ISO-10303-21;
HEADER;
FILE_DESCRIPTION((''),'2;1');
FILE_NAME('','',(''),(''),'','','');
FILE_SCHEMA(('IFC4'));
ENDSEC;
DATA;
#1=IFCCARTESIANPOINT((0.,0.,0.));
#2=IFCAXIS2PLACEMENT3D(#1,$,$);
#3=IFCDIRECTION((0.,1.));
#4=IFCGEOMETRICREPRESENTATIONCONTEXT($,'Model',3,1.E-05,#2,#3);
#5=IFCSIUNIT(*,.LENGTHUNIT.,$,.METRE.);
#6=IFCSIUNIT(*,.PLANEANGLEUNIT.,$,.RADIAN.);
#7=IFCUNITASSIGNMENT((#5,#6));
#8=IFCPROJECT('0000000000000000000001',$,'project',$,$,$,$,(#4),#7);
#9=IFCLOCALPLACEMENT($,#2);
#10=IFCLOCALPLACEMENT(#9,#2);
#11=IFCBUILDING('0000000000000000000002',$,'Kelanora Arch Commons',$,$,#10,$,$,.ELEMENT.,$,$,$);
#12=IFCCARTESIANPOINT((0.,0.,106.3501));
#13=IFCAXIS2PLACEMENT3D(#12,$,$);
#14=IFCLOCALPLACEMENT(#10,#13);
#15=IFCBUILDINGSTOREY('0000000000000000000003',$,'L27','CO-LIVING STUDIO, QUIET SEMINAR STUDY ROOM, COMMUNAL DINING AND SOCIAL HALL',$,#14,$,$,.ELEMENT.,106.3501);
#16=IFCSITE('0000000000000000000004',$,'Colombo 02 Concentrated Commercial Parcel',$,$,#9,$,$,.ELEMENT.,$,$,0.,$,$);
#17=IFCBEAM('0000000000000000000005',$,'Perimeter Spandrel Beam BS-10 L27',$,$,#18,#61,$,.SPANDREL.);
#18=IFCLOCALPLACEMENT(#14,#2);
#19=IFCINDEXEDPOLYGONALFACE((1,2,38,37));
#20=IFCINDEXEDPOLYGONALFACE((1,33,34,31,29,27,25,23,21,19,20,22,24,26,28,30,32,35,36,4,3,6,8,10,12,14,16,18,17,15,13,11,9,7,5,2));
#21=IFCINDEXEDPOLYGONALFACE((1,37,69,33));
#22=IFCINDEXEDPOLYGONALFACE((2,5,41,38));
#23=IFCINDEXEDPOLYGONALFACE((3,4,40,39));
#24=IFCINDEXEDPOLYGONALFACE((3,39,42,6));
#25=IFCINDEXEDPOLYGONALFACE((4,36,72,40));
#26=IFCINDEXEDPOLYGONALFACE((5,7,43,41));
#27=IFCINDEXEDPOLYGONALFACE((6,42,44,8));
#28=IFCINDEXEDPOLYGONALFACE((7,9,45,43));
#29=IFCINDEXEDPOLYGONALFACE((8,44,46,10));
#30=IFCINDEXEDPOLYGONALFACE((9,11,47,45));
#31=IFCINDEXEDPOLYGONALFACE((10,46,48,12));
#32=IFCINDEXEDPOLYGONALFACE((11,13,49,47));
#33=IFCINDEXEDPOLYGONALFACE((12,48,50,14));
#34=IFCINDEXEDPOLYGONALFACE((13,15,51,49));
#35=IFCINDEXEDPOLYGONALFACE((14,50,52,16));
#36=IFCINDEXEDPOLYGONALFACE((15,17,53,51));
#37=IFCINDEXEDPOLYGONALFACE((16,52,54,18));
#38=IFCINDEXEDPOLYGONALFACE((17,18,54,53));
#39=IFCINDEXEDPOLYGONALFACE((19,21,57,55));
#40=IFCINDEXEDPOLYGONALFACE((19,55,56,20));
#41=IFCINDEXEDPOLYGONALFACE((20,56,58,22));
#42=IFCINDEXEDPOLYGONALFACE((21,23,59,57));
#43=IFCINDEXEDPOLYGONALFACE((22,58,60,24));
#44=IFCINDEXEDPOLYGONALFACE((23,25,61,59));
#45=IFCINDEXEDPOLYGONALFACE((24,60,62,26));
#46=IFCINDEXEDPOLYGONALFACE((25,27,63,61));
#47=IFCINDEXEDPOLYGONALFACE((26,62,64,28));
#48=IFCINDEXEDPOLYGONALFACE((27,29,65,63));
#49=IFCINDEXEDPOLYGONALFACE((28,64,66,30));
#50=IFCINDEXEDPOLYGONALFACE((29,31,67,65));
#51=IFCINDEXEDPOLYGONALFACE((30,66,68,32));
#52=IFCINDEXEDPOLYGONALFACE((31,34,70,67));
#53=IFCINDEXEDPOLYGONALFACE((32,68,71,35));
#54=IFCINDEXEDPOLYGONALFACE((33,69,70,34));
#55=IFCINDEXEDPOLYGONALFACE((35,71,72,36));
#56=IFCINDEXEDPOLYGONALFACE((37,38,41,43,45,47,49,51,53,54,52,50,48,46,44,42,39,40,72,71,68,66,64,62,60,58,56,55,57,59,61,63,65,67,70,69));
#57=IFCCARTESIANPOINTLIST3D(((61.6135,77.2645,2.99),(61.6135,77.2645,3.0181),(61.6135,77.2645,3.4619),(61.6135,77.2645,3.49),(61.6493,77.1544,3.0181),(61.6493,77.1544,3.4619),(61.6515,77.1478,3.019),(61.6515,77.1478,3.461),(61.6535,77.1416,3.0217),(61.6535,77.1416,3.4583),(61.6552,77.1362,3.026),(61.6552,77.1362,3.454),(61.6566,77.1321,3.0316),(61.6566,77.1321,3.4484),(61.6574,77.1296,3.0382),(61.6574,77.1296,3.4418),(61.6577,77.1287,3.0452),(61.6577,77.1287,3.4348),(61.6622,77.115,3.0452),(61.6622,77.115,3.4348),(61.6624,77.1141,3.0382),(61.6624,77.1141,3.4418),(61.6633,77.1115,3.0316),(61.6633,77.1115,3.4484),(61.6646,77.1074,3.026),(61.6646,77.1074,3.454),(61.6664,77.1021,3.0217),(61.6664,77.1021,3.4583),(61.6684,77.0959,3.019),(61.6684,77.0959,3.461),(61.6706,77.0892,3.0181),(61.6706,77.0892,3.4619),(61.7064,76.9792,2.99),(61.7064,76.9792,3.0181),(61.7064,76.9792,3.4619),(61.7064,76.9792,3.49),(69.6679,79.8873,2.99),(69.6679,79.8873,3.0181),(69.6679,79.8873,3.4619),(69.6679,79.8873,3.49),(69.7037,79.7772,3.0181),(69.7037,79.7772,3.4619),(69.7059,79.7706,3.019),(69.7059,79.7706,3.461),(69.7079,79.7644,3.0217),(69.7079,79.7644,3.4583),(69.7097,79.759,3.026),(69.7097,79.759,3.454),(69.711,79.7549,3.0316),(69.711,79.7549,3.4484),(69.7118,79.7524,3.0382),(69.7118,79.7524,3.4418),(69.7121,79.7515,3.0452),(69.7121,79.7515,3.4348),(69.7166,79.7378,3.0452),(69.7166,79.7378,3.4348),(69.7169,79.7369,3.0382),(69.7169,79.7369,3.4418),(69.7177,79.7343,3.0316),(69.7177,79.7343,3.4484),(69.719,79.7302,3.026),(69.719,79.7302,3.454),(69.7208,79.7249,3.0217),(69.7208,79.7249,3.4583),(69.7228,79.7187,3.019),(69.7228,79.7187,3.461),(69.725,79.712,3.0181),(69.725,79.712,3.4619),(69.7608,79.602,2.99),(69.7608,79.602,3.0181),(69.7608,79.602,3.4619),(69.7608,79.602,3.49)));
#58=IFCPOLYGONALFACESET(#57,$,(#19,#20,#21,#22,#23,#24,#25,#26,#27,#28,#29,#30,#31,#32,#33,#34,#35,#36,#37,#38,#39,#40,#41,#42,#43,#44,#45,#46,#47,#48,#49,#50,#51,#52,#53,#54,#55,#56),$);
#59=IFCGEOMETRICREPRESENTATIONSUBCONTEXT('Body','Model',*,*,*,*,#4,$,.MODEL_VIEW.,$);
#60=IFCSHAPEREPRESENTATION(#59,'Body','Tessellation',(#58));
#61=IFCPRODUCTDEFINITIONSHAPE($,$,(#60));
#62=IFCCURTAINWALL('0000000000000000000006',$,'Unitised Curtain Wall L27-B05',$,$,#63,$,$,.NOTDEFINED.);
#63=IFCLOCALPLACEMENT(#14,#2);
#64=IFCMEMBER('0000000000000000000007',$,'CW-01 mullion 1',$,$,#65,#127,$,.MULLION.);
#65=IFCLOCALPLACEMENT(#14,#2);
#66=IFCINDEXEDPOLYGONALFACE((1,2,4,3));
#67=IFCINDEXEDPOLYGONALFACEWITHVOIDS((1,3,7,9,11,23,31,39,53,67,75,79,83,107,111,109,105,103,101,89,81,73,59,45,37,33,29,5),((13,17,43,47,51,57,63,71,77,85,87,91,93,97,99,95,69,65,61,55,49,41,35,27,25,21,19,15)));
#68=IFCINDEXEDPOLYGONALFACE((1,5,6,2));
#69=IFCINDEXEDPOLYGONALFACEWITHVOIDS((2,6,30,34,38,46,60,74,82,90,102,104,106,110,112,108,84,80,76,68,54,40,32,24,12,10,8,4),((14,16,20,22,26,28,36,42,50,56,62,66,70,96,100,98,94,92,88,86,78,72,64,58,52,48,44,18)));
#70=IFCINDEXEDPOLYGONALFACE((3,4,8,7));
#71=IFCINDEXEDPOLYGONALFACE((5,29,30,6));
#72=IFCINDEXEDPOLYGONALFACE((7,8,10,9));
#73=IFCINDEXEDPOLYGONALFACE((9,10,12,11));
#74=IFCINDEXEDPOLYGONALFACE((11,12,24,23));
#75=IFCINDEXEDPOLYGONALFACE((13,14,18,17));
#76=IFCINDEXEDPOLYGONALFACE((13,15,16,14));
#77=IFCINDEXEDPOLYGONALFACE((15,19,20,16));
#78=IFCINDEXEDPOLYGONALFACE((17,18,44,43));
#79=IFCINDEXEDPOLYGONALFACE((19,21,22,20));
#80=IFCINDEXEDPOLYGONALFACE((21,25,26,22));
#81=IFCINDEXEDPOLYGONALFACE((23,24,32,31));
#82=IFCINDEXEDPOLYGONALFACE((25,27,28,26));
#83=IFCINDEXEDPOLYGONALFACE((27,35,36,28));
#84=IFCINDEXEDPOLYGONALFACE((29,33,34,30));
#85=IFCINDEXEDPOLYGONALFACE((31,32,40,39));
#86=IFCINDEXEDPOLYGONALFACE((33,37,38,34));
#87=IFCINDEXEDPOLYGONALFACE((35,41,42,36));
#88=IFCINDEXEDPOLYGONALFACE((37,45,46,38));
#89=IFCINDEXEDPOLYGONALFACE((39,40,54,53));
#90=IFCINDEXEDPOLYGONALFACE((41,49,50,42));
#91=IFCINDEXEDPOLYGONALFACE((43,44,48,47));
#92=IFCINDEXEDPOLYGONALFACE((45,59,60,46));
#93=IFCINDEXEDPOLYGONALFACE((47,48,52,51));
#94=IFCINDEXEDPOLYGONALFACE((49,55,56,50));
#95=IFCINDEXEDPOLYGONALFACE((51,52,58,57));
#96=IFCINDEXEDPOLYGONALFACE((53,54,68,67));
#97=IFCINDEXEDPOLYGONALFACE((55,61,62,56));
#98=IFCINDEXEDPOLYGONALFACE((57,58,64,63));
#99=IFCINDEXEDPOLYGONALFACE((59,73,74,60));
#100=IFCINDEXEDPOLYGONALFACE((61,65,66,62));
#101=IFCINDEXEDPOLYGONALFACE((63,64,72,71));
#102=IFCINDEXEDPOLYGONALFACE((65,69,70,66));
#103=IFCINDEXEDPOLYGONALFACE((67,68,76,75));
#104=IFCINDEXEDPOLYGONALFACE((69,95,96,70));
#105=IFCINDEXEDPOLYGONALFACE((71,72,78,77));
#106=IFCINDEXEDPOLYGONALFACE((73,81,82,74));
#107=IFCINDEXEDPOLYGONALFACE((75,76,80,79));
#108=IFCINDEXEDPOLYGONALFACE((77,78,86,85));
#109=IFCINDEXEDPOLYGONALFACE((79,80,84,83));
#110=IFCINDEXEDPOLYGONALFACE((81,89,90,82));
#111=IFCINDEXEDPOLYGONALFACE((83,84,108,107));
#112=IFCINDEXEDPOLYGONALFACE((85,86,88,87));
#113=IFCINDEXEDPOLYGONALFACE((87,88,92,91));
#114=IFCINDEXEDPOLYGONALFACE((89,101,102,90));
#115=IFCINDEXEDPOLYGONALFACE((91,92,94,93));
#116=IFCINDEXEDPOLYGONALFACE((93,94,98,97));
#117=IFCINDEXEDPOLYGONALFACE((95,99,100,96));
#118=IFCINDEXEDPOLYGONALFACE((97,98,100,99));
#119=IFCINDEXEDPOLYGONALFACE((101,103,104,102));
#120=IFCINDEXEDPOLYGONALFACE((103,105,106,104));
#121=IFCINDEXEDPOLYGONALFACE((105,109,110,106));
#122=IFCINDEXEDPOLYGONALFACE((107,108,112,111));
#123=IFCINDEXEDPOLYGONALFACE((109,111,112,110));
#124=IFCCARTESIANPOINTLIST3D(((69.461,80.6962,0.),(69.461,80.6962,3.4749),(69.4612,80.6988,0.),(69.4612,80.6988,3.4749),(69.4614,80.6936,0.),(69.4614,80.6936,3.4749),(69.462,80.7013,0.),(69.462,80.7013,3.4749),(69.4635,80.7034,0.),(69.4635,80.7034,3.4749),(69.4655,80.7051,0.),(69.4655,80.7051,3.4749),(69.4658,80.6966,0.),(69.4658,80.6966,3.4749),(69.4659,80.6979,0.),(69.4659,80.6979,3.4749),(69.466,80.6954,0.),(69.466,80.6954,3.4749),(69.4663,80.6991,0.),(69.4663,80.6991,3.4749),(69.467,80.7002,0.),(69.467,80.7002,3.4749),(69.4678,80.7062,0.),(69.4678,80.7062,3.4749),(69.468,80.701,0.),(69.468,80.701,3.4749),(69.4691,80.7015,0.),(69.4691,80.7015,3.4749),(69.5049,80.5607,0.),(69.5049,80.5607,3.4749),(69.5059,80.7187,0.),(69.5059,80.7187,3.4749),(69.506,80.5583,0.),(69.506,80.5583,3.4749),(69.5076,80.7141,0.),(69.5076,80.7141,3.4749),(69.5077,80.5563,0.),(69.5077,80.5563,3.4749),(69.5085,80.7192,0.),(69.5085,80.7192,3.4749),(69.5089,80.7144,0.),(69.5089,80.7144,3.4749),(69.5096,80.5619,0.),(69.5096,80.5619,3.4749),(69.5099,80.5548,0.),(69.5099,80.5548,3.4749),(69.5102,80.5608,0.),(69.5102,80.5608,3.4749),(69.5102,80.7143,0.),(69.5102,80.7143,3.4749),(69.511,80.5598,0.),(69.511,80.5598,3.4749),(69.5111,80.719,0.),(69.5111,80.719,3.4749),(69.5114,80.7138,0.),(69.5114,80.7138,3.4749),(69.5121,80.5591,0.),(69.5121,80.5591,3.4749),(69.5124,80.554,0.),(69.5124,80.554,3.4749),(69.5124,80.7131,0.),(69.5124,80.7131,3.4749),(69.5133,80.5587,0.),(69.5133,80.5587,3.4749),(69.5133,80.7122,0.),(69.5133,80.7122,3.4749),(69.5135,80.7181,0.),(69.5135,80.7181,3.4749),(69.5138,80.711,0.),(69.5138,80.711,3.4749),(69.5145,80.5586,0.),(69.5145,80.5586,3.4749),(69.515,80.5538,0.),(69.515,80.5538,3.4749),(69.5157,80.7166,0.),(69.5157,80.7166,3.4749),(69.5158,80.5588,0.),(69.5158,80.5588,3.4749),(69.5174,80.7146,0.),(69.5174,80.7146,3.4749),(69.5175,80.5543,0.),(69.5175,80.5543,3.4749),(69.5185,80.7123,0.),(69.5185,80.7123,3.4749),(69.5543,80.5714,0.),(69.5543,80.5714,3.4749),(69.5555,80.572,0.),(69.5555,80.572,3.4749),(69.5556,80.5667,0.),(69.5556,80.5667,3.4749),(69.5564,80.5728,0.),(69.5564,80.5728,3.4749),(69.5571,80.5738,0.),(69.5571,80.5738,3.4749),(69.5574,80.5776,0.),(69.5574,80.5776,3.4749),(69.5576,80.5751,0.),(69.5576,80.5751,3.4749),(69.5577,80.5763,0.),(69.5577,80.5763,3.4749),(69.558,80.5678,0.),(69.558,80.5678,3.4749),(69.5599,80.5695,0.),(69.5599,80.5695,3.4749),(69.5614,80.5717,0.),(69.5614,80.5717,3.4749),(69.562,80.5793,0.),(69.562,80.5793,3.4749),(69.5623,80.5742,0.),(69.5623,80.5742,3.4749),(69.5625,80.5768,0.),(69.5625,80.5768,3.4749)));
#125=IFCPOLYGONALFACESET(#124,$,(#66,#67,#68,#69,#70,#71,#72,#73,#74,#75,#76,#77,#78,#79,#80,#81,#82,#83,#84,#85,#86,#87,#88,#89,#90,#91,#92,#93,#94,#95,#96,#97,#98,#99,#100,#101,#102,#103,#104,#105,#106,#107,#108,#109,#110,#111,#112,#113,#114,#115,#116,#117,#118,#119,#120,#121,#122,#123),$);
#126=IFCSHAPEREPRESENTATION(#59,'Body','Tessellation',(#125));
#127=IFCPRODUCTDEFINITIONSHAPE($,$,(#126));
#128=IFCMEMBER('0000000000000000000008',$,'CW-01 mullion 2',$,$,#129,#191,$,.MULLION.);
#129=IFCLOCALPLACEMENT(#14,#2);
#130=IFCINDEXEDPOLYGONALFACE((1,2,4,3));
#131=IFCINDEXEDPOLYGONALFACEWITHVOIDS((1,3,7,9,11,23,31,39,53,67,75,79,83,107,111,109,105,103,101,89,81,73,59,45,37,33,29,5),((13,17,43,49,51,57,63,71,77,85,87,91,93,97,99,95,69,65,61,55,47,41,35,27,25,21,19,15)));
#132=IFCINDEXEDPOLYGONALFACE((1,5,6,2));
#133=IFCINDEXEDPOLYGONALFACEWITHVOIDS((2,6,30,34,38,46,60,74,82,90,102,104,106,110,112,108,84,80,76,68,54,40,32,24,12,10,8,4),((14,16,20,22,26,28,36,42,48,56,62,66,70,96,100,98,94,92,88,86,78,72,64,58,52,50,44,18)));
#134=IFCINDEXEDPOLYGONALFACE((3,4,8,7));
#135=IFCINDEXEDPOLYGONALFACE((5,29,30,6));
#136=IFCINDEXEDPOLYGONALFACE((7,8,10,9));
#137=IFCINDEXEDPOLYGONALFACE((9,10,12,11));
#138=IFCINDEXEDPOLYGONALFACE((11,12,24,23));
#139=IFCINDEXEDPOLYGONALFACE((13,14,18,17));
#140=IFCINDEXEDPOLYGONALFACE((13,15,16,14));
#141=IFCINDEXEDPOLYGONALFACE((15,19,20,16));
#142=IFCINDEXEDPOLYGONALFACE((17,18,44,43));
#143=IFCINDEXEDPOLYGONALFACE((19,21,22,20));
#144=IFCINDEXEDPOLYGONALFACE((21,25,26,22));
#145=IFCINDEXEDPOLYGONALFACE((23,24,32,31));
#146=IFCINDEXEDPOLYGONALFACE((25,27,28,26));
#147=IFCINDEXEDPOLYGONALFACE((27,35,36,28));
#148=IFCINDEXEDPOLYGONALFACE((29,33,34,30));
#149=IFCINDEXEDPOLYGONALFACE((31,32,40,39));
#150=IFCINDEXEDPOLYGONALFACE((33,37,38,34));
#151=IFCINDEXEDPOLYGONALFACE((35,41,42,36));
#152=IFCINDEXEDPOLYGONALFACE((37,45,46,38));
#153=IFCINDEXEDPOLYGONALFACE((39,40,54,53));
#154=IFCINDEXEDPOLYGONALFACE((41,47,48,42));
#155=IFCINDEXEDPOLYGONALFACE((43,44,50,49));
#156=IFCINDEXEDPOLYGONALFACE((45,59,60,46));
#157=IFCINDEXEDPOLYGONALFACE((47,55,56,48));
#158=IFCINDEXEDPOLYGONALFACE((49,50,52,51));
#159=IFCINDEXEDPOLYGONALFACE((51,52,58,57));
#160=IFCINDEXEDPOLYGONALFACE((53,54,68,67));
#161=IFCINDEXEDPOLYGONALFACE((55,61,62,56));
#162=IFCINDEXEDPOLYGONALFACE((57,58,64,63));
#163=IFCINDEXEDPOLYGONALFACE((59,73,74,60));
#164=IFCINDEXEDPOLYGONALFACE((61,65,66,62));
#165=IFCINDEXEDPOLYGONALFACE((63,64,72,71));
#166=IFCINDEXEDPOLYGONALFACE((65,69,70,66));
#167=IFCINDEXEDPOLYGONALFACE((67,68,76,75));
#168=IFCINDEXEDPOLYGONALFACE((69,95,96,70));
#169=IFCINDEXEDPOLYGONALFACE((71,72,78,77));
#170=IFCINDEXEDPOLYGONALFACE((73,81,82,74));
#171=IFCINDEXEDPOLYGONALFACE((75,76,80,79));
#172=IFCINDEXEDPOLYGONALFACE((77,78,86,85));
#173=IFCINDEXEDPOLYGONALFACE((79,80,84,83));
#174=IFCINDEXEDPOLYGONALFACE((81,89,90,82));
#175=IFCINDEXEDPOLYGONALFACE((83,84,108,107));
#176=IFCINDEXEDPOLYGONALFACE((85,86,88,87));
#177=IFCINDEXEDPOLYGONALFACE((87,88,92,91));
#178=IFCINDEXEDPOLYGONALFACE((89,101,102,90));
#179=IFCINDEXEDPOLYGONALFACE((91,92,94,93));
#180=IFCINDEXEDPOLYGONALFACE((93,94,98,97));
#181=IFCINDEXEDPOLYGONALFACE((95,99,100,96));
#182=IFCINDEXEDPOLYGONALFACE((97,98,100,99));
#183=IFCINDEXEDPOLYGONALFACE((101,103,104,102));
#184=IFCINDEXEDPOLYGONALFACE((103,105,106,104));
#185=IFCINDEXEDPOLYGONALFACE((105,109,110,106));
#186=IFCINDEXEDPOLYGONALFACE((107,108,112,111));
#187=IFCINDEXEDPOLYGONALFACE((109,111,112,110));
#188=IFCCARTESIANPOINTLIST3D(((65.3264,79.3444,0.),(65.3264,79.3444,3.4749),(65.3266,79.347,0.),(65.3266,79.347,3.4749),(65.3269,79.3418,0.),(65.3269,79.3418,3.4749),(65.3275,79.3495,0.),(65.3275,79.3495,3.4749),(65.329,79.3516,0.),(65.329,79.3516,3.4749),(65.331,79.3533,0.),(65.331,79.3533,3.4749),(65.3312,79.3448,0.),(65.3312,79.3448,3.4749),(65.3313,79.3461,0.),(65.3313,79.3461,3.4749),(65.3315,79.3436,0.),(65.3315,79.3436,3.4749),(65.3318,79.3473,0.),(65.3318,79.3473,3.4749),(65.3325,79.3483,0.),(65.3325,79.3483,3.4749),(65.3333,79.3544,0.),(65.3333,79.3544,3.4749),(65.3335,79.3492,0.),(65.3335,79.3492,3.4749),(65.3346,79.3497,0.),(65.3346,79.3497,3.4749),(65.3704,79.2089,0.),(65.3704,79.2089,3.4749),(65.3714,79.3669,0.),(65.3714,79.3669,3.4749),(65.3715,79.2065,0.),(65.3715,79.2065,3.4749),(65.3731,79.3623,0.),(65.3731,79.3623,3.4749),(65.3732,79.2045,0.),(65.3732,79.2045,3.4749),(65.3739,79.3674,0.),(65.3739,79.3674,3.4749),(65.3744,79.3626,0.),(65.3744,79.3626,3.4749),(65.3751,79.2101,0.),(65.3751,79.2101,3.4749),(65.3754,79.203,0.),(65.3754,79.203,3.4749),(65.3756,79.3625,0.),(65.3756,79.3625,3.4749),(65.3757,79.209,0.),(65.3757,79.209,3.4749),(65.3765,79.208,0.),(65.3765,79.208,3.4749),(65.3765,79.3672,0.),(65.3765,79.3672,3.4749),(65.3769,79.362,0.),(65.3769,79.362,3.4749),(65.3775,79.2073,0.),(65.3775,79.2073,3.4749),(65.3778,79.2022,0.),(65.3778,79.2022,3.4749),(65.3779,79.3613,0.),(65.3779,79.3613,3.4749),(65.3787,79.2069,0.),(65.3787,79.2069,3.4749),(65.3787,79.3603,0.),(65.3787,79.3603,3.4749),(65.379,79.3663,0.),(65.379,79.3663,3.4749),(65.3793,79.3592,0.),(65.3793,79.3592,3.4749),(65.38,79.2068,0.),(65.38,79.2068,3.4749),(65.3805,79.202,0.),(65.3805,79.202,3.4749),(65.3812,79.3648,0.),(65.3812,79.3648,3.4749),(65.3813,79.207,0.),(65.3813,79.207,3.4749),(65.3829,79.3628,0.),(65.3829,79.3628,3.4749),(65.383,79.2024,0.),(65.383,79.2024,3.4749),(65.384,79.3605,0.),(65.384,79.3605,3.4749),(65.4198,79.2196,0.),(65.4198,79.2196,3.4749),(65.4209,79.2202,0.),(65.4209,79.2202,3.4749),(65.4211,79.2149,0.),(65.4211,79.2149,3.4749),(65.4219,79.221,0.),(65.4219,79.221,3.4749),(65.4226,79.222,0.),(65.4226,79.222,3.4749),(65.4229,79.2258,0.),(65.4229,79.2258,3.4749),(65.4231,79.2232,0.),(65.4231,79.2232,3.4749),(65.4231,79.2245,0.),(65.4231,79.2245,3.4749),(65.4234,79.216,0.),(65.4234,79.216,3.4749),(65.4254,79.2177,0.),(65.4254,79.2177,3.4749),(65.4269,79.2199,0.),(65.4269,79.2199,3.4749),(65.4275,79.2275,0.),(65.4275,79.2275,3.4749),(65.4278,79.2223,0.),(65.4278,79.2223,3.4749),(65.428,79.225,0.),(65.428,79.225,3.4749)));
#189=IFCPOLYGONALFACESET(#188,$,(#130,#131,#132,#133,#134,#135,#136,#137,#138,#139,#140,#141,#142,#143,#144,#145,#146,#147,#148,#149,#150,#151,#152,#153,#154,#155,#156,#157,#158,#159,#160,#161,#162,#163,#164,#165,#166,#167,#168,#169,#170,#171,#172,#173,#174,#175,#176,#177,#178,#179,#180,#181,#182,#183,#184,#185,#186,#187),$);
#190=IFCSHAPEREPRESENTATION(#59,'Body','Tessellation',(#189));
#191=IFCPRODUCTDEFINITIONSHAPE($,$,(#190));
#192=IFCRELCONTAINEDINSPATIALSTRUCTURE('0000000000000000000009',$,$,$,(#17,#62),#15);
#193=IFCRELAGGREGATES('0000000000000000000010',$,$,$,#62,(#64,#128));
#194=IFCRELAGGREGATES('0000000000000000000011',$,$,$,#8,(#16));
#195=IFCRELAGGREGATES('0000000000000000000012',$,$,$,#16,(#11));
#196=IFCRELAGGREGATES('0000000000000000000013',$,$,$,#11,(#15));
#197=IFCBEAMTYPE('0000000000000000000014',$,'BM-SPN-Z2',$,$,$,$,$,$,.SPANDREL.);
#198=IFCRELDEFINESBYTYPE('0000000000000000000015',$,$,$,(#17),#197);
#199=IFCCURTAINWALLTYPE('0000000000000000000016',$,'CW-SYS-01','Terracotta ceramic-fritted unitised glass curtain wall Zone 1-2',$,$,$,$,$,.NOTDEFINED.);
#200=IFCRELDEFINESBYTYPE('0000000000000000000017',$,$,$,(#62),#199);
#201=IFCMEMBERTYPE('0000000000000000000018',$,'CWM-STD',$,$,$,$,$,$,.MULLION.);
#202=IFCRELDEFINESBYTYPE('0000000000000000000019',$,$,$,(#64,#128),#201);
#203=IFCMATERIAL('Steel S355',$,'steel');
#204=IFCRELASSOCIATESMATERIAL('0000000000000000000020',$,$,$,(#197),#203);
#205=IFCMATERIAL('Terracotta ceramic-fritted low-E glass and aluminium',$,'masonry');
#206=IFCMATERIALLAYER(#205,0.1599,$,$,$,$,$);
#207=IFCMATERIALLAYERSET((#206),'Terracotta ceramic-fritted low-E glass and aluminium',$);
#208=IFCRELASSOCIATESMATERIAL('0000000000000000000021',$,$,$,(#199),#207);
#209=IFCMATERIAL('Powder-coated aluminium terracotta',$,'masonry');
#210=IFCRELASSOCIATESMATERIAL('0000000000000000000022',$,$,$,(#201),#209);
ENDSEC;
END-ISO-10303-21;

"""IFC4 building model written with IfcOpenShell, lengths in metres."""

from ifc_helpers import new_model, si_unit, direction, frame, origin, origin_2d, place, context, subcontext, project, spatial, hollow_rectangle, i_section, extrude, material, layer, layer_set, material_profile, profile_set, type_object, element, aggregate, save


model = new_model("IFC4")

# Units and contexts
model_context = context("Model", 3, precision=1e-05, world=origin(), true_north=direction((0.0, 1.0)))
body_context = subcontext(model_context, "Body", "Model", "MODEL_VIEW")
ifc_project = project(units=[si_unit("LENGTHUNIT", "METRE"), si_unit("PLANEANGLEUNIT", "RADIAN")], contexts=[model_context])

# Site, building, storey
site_placement = place(None, origin())
site = spatial("IfcSite", under=ifc_project, at=site_placement, Name="Colombo 02 Concentrated Commercial Parcel", CompositionType="ELEMENT", RefElevation=0.0)
building_placement = place(site_placement, origin())
building = spatial("IfcBuilding", under=site, at=building_placement, Name="Kelanora Arch Commons", CompositionType="ELEMENT")
storey_placement = place(building_placement, frame((0.0, 0.0, 106.3501)))
storey = spatial("IfcBuildingStorey", under=building, at=storey_placement, Name="L27", Description="CO-LIVING STUDIO, QUIET SEMINAR STUDY ROOM, COMMUNAL DINING AND SOCIAL HALL", CompositionType="ELEMENT", Elevation=106.3501)

# Beam
ifc_material_1 = material(Name="Steel S355", Category="steel")
ifc_material_profile_1 = material_profile(ifc_material_1, i_section(OverallWidth=0.3, OverallDepth=0.5, WebThickness=0.0144, FlangeThickness=0.0281, FilletRadius=0.0271, at=origin_2d()), Name="HEB500")
ifc_profile_set_1 = profile_set([ifc_material_profile_1], Name="Steel S355")
beam_type_1 = type_object("IfcBeamType", Name="BM-SPN-Z2", PredefinedType="SPANDREL", material=ifc_profile_set_1)
beam_1_placement = place(storey_placement, frame((69.7144, 79.7446, 3.24), z_axis=(-0.950857, -0.309631, 0.0), x_axis=(0.309631, -0.950857, 0.0)))
element("IfcBeam", 1, at=beam_1_placement, inside=storey, type_object=beam_type_1, Name="Perimeter Spandrel Beam BS-10 L27", PredefinedType="SPANDREL", context=body_context, shape_type="SweptSolid", body=[
    extrude(i_section(OverallWidth=0.3, OverallDepth=0.5, WebThickness=0.0144, FlangeThickness=0.0281, FilletRadius=0.0271, at=origin_2d()), origin(), (0.0, 0.0, 1.0), 8.4707),
])

# Curtain wall, members
ifc_material_2 = material(Name="Terracotta ceramic-fritted low-E glass and aluminium", Category="masonry")
ifc_layer_1 = layer(ifc_material_2, 0.1599)
ifc_layer_set_1 = layer_set([ifc_layer_1], Name="Terracotta ceramic-fritted low-E glass and aluminium")
curtain_wall_type = type_object("IfcCurtainWallType", Name="CW-SYS-01", Description="Terracotta ceramic-fritted unitised glass curtain wall Zone 1-2", PredefinedType="NOTDEFINED", material=ifc_layer_set_1)
curtain_wall_placement = place(storey_placement, origin())
curtain_wall = element("IfcCurtainWall", 2, at=curtain_wall_placement, inside=storey, type_object=curtain_wall_type, Name="Unitised Curtain Wall L27-B05", PredefinedType="NOTDEFINED")
ifc_material_3 = material(Name="Powder-coated aluminium terracotta", Category="masonry")
ifc_material_profile_2 = material_profile(ifc_material_3, hollow_rectangle(XDim=0.1599, YDim=0.0601, WallThickness=0.0049, InnerFilletRadius=0.0049, OuterFilletRadius=0.01, at=origin_2d()), Name="CWM160x60")
ifc_profile_set_2 = profile_set([ifc_material_profile_2], Name="Powder-coated aluminium terracotta")
member_type_1 = type_object("IfcMemberType", Name="CWM-STD", PredefinedType="MULLION", material=ifc_profile_set_2)
member_1_placement = place(storey_placement, frame((69.5117, 80.6365, 0.0), z_axis=(0.0, 0.0, 1.0), x_axis=(0.310805, -0.950474, 0.0)))
member_1 = element("IfcMember", 3, at=member_1_placement, type_object=member_type_1, Name="CW-01 mullion 1", PredefinedType="MULLION", context=body_context, shape_type="SweptSolid", body=[
    extrude(hollow_rectangle(XDim=0.1599, YDim=0.0601, WallThickness=0.0049, InnerFilletRadius=0.0049, OuterFilletRadius=0.01, at=origin_2d()), origin(), (0.0, 0.0, 1.0), 3.4749),
])
member_2_placement = place(storey_placement, frame((65.3772, 79.2847, 0.0), z_axis=(0.0, 0.0, 1.0), x_axis=(0.310805, -0.950474, 0.0)))
member_2 = element("IfcMember", 4, at=member_2_placement, type_object=member_type_1, Name="CW-01 mullion 2", PredefinedType="MULLION", context=body_context, shape_type="SweptSolid", body=[
    extrude(hollow_rectangle(XDim=0.1599, YDim=0.0601, WallThickness=0.0049, InnerFilletRadius=0.0049, OuterFilletRadius=0.01, at=origin_2d()), origin(), (0.0, 0.0, 1.0), 3.4749),
])
aggregate(curtain_wall, [member_1, member_2])

save(model, "model.ifc")
